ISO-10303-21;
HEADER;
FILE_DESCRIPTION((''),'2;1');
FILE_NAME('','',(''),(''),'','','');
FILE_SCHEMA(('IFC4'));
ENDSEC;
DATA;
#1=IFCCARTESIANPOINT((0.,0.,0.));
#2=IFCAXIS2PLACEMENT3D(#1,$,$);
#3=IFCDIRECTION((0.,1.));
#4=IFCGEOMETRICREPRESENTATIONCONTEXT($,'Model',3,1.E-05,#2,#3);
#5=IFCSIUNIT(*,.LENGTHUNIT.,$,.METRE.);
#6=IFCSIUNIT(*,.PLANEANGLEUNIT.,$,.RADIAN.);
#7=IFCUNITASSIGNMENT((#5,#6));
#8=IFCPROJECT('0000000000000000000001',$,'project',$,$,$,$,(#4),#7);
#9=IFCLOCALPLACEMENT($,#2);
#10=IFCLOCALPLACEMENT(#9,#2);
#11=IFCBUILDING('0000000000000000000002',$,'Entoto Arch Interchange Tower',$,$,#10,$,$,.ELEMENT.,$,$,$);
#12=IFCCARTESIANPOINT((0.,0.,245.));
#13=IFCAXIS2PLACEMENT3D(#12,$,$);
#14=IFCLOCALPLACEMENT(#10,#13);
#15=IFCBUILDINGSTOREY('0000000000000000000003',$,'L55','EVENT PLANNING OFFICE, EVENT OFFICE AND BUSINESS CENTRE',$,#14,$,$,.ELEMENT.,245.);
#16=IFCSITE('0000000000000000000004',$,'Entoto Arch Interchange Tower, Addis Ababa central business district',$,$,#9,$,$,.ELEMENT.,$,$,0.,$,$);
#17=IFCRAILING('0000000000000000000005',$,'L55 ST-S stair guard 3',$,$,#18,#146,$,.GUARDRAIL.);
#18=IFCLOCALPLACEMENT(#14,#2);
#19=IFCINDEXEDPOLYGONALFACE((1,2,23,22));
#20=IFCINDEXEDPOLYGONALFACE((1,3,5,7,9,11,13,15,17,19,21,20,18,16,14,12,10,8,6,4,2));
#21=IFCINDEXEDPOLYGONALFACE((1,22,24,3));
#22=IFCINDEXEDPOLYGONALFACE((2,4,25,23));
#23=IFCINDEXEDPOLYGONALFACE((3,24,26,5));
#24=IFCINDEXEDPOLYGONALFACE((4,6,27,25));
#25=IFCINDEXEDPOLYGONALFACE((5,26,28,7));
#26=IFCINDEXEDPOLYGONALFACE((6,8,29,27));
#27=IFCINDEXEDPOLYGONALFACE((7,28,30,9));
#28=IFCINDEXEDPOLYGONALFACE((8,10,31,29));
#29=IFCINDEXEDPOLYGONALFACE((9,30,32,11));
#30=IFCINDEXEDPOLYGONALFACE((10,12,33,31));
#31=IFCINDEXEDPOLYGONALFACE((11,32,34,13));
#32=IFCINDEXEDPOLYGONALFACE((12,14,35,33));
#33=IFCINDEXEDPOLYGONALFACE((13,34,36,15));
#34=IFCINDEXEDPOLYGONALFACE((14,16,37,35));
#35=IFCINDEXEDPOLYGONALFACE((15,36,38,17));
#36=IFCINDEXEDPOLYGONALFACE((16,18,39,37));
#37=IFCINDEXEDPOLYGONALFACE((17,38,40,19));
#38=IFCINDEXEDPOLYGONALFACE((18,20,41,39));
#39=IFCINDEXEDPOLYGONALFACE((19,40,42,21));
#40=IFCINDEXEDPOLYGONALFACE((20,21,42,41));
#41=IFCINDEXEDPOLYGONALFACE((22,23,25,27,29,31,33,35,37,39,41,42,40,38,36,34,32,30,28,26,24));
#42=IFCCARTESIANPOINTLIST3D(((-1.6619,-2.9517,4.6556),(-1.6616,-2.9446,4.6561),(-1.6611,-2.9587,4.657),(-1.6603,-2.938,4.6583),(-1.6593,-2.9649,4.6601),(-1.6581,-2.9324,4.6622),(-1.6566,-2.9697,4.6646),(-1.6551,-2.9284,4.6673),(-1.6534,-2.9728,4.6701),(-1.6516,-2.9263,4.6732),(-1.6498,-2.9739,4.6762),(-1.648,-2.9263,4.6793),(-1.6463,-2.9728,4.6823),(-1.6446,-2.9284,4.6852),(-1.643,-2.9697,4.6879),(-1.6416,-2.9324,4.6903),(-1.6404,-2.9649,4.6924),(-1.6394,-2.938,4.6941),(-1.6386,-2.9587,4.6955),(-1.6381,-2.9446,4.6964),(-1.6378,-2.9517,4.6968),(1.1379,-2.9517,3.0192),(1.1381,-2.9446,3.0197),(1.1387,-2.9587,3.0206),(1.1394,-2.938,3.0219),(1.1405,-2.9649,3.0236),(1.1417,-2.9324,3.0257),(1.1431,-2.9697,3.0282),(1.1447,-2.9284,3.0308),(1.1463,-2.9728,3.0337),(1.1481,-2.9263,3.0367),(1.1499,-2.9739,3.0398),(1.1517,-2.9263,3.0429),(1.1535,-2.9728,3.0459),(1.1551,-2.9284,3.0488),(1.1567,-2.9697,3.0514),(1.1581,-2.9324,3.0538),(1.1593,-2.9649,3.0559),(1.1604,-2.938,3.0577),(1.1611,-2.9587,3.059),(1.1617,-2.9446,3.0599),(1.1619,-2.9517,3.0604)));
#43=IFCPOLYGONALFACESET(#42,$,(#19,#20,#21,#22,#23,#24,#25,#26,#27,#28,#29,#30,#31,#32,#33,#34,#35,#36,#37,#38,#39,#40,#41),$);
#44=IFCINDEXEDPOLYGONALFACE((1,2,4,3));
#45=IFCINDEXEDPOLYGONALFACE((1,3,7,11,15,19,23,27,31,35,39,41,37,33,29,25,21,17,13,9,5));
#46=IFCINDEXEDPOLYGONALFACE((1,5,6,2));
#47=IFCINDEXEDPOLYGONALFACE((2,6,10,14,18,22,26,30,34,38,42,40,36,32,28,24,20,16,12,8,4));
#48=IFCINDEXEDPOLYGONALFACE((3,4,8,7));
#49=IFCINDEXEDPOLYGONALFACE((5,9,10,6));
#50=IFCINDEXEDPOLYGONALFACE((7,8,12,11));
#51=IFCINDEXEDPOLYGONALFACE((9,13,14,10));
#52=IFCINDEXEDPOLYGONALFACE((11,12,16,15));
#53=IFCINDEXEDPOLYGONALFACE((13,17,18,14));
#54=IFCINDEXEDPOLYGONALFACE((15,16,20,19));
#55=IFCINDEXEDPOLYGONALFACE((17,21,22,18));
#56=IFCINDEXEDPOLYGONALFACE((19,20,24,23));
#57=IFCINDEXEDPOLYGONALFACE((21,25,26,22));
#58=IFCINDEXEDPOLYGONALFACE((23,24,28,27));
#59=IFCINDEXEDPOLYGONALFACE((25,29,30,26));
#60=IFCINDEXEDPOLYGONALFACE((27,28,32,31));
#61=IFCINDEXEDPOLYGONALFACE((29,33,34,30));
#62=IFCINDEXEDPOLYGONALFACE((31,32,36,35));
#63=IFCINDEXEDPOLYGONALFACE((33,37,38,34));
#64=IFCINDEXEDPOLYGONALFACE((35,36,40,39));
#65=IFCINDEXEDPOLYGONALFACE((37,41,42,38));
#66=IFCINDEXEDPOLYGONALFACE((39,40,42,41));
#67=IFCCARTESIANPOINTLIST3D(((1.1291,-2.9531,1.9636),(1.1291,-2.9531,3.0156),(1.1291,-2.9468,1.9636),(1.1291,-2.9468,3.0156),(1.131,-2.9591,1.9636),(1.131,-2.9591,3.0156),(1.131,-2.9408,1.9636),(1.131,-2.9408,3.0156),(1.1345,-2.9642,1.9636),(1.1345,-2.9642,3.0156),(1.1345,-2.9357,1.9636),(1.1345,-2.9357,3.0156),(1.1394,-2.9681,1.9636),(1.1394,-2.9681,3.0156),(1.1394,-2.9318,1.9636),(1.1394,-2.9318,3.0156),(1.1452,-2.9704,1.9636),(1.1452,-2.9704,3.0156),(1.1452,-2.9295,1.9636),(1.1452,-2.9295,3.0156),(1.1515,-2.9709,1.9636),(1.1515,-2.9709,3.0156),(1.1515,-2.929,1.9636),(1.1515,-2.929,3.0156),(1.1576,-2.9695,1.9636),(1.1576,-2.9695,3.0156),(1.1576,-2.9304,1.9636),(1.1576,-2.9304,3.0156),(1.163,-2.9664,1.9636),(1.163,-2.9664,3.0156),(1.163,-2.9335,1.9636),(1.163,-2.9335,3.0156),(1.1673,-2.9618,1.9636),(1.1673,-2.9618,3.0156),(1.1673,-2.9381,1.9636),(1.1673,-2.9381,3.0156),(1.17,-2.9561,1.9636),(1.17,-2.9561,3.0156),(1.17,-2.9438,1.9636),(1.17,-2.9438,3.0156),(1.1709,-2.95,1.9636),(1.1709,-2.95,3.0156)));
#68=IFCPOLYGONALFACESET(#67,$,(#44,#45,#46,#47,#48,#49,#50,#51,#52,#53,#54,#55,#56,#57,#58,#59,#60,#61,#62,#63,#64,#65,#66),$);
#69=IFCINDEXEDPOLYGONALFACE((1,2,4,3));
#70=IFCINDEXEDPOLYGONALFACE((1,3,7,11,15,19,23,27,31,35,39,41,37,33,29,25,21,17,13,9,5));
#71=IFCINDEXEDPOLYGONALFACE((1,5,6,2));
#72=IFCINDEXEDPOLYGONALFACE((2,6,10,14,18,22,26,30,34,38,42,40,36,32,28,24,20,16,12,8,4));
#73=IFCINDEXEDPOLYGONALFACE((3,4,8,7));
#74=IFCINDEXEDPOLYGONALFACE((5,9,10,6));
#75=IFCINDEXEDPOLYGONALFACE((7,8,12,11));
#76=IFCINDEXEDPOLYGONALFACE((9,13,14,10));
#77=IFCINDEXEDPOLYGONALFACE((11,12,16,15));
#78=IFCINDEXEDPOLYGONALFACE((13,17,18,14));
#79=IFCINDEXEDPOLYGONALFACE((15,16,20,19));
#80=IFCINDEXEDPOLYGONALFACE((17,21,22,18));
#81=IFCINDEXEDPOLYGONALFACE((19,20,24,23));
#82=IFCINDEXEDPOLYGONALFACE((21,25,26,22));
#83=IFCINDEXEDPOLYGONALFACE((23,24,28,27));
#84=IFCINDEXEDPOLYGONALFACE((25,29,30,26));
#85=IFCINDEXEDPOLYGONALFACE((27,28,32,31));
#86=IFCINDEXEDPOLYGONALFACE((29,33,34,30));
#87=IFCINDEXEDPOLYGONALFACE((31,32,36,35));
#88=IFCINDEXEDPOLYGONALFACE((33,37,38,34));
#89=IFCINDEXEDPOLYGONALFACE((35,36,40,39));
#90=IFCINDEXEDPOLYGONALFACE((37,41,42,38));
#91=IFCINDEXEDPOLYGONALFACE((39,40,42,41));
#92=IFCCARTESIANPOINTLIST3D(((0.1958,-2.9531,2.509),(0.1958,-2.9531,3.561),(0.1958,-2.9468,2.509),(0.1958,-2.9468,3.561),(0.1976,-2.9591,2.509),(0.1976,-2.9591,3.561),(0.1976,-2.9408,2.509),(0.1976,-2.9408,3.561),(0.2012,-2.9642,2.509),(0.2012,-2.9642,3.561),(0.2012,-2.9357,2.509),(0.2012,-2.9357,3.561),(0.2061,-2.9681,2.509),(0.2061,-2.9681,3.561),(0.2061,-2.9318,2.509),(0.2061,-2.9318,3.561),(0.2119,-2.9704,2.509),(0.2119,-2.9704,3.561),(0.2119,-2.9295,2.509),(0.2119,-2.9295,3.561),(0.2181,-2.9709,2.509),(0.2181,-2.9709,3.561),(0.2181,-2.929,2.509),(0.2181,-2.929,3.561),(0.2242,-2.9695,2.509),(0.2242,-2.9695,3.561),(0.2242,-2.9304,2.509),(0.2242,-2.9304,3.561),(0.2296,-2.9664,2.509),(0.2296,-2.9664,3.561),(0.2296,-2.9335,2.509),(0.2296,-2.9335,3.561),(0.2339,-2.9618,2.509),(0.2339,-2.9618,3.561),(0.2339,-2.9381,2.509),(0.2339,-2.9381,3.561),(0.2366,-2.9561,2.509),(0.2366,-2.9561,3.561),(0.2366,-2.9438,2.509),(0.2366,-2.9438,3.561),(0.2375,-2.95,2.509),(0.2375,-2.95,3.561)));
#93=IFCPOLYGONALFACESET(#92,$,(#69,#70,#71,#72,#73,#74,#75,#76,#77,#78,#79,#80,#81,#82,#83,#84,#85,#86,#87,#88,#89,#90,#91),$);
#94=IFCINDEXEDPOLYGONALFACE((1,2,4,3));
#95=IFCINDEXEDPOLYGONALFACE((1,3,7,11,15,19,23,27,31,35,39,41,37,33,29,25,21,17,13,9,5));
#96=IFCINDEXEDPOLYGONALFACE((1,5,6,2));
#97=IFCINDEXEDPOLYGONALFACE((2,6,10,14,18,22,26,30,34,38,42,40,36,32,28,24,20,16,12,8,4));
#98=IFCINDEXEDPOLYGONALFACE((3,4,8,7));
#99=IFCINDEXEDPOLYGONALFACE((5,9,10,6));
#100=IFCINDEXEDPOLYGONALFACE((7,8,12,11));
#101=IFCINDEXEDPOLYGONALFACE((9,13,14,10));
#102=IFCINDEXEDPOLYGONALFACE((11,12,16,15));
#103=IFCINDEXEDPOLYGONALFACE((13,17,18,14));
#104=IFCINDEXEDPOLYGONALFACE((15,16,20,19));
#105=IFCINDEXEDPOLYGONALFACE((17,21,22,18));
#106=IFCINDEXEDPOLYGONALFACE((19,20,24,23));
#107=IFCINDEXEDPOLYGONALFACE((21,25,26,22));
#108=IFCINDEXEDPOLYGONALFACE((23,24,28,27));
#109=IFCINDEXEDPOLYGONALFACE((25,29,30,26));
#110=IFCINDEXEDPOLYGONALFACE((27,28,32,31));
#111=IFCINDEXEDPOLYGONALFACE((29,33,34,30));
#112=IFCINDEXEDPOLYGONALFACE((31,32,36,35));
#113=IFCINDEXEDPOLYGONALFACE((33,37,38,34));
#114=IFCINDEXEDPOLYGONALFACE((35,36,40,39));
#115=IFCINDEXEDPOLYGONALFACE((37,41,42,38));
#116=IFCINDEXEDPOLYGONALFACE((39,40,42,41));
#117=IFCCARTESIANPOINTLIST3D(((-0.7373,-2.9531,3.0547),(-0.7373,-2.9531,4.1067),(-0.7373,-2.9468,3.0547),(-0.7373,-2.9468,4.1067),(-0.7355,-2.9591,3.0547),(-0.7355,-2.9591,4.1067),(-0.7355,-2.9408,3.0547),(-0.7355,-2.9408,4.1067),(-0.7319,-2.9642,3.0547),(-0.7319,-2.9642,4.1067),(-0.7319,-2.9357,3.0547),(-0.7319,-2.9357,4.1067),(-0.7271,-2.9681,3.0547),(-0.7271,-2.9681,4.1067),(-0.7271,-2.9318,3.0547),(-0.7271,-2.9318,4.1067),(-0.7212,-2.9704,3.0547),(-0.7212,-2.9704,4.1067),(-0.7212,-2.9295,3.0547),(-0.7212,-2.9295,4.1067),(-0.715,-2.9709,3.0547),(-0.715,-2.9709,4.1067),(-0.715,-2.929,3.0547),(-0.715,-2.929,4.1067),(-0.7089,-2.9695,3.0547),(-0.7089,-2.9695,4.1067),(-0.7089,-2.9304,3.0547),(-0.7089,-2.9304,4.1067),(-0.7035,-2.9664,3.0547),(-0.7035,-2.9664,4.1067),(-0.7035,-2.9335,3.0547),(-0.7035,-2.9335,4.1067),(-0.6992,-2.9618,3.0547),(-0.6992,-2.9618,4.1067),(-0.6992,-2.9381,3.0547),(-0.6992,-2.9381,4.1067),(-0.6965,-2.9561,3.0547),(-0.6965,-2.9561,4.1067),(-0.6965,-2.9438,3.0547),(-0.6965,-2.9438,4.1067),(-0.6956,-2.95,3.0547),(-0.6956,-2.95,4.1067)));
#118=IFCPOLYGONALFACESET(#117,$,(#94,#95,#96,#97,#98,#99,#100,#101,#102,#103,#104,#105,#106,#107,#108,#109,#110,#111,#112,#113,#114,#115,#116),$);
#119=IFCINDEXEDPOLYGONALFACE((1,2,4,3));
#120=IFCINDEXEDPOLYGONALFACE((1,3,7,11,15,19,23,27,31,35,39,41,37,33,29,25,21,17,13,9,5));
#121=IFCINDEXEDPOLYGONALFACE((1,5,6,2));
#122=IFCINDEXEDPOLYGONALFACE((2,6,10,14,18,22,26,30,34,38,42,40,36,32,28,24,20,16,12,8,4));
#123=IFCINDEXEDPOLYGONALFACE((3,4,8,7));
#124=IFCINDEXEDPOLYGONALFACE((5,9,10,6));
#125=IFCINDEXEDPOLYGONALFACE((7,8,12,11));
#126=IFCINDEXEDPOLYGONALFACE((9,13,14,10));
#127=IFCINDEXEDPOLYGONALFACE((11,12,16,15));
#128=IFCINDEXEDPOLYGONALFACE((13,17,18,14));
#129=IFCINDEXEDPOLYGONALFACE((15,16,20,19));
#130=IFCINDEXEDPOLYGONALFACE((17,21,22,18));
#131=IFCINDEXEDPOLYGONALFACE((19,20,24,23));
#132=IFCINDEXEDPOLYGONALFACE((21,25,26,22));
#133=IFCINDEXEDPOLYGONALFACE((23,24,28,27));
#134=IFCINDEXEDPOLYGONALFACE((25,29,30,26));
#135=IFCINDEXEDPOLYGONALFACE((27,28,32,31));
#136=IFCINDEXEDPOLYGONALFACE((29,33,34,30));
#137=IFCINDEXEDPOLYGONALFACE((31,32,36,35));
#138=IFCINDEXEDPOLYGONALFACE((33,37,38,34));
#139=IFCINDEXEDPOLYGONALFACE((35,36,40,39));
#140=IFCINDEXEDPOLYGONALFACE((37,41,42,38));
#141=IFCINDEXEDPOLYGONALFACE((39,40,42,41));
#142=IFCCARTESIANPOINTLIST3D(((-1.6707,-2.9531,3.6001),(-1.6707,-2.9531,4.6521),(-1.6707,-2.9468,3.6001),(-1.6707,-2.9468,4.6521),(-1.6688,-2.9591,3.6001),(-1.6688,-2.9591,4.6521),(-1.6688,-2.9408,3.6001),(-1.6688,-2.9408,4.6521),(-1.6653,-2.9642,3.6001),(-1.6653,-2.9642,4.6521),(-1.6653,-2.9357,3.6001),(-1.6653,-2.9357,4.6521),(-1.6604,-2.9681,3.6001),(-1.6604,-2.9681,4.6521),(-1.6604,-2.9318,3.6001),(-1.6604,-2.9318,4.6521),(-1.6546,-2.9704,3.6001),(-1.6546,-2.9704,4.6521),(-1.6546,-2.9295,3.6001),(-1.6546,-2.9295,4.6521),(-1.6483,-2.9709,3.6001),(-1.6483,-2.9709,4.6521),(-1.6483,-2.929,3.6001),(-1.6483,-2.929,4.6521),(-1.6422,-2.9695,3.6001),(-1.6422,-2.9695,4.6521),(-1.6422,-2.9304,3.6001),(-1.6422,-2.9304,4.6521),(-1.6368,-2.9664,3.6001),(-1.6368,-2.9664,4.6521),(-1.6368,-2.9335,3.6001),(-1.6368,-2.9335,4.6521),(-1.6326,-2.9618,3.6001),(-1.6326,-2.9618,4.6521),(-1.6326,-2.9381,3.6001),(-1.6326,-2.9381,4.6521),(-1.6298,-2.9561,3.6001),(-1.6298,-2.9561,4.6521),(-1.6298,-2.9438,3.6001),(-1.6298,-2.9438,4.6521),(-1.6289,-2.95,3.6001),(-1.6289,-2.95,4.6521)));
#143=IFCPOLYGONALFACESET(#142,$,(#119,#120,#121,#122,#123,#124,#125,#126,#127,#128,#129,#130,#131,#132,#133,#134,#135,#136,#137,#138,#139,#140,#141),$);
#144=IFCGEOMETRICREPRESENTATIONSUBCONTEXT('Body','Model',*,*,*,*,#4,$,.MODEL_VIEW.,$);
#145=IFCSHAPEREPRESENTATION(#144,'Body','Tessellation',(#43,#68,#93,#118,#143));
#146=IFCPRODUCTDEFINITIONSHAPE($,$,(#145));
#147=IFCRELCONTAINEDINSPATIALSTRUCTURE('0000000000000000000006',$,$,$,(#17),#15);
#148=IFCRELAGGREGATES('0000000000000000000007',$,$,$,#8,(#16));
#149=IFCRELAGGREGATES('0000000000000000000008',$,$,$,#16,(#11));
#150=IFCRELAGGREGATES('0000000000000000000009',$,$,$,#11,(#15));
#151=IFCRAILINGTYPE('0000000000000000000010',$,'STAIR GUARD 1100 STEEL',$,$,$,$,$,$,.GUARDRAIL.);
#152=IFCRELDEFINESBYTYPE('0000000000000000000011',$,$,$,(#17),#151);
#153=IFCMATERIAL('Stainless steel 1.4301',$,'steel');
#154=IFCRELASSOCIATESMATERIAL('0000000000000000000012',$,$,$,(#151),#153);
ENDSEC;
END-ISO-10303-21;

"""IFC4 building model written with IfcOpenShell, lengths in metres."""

from ifc_helpers import new_model, si_unit, direction, frame, origin, origin_2d, place, context, subcontext, project, spatial, circle, extrude, material, type_object, element, save


model = new_model("IFC4")

# Units and contexts
model_context = context("Model", 3, precision=1e-05, world=origin(), true_north=direction((0.0, 1.0)))
body_context = subcontext(model_context, "Body", "Model", "MODEL_VIEW")
ifc_project = project(units=[si_unit("LENGTHUNIT", "METRE"), si_unit("PLANEANGLEUNIT", "RADIAN")], contexts=[model_context])

# Site, building, storey
site_placement = place(None, origin())
site = spatial("IfcSite", under=ifc_project, at=site_placement, Name="Entoto Arch Interchange Tower, Addis Ababa central business district", CompositionType="ELEMENT", RefElevation=0.0)
building_placement = place(site_placement, origin())
building = spatial("IfcBuilding", under=site, at=building_placement, Name="Entoto Arch Interchange Tower", CompositionType="ELEMENT")
storey_placement = place(building_placement, frame((0.0, 0.0, 245.0)))
storey = spatial("IfcBuildingStorey", under=building, at=storey_placement, Name="L55", Description="EVENT PLANNING OFFICE, EVENT OFFICE AND BUSINESS CENTRE", CompositionType="ELEMENT", Elevation=245.0)

# Railing
ifc_material_1 = material(Name="Stainless steel 1.4301", Category="steel")
railing_type_1 = type_object("IfcRailingType", Name="STAIR GUARD 1100 STEEL", PredefinedType="GUARDRAIL", material=ifc_material_1)
railing_1_placement = place(storey_placement, frame((1.1499, -2.95, 1.9636)))
element("IfcRailing", 1, at=railing_1_placement, inside=storey, type_object=railing_type_1, Name="L55 ST-S stair guard 3", PredefinedType="GUARDRAIL", context=body_context, shape_type="SweptSolid", body=[
    extrude(circle(Radius=0.0239, at=origin_2d()), frame((0.0, 0.0, 1.0762), z_axis=(-0.863342, 0.0, 0.50462), x_axis=(0.0, -1.0, 0.0)), (0.0, 0.0, 1.0), 3.2429),
    extrude(circle(Radius=0.021, at=origin_2d()), origin(), (0.0, 0.0, 1.0), 1.052),
    extrude(circle(Radius=0.021, at=origin_2d()), frame((-0.9333, 0.0, 0.5454)), (0.0, 0.0, 1.0), 1.052),
    extrude(circle(Radius=0.021, at=origin_2d()), frame((-1.8665, 0.0, 1.0911)), (0.0, 0.0, 1.0), 1.052),
    extrude(circle(Radius=0.021, at=origin_2d()), frame((-2.7998, 0.0, 1.6365)), (0.0, 0.0, 1.0), 1.052),
])

save(model, "model.ifc")
